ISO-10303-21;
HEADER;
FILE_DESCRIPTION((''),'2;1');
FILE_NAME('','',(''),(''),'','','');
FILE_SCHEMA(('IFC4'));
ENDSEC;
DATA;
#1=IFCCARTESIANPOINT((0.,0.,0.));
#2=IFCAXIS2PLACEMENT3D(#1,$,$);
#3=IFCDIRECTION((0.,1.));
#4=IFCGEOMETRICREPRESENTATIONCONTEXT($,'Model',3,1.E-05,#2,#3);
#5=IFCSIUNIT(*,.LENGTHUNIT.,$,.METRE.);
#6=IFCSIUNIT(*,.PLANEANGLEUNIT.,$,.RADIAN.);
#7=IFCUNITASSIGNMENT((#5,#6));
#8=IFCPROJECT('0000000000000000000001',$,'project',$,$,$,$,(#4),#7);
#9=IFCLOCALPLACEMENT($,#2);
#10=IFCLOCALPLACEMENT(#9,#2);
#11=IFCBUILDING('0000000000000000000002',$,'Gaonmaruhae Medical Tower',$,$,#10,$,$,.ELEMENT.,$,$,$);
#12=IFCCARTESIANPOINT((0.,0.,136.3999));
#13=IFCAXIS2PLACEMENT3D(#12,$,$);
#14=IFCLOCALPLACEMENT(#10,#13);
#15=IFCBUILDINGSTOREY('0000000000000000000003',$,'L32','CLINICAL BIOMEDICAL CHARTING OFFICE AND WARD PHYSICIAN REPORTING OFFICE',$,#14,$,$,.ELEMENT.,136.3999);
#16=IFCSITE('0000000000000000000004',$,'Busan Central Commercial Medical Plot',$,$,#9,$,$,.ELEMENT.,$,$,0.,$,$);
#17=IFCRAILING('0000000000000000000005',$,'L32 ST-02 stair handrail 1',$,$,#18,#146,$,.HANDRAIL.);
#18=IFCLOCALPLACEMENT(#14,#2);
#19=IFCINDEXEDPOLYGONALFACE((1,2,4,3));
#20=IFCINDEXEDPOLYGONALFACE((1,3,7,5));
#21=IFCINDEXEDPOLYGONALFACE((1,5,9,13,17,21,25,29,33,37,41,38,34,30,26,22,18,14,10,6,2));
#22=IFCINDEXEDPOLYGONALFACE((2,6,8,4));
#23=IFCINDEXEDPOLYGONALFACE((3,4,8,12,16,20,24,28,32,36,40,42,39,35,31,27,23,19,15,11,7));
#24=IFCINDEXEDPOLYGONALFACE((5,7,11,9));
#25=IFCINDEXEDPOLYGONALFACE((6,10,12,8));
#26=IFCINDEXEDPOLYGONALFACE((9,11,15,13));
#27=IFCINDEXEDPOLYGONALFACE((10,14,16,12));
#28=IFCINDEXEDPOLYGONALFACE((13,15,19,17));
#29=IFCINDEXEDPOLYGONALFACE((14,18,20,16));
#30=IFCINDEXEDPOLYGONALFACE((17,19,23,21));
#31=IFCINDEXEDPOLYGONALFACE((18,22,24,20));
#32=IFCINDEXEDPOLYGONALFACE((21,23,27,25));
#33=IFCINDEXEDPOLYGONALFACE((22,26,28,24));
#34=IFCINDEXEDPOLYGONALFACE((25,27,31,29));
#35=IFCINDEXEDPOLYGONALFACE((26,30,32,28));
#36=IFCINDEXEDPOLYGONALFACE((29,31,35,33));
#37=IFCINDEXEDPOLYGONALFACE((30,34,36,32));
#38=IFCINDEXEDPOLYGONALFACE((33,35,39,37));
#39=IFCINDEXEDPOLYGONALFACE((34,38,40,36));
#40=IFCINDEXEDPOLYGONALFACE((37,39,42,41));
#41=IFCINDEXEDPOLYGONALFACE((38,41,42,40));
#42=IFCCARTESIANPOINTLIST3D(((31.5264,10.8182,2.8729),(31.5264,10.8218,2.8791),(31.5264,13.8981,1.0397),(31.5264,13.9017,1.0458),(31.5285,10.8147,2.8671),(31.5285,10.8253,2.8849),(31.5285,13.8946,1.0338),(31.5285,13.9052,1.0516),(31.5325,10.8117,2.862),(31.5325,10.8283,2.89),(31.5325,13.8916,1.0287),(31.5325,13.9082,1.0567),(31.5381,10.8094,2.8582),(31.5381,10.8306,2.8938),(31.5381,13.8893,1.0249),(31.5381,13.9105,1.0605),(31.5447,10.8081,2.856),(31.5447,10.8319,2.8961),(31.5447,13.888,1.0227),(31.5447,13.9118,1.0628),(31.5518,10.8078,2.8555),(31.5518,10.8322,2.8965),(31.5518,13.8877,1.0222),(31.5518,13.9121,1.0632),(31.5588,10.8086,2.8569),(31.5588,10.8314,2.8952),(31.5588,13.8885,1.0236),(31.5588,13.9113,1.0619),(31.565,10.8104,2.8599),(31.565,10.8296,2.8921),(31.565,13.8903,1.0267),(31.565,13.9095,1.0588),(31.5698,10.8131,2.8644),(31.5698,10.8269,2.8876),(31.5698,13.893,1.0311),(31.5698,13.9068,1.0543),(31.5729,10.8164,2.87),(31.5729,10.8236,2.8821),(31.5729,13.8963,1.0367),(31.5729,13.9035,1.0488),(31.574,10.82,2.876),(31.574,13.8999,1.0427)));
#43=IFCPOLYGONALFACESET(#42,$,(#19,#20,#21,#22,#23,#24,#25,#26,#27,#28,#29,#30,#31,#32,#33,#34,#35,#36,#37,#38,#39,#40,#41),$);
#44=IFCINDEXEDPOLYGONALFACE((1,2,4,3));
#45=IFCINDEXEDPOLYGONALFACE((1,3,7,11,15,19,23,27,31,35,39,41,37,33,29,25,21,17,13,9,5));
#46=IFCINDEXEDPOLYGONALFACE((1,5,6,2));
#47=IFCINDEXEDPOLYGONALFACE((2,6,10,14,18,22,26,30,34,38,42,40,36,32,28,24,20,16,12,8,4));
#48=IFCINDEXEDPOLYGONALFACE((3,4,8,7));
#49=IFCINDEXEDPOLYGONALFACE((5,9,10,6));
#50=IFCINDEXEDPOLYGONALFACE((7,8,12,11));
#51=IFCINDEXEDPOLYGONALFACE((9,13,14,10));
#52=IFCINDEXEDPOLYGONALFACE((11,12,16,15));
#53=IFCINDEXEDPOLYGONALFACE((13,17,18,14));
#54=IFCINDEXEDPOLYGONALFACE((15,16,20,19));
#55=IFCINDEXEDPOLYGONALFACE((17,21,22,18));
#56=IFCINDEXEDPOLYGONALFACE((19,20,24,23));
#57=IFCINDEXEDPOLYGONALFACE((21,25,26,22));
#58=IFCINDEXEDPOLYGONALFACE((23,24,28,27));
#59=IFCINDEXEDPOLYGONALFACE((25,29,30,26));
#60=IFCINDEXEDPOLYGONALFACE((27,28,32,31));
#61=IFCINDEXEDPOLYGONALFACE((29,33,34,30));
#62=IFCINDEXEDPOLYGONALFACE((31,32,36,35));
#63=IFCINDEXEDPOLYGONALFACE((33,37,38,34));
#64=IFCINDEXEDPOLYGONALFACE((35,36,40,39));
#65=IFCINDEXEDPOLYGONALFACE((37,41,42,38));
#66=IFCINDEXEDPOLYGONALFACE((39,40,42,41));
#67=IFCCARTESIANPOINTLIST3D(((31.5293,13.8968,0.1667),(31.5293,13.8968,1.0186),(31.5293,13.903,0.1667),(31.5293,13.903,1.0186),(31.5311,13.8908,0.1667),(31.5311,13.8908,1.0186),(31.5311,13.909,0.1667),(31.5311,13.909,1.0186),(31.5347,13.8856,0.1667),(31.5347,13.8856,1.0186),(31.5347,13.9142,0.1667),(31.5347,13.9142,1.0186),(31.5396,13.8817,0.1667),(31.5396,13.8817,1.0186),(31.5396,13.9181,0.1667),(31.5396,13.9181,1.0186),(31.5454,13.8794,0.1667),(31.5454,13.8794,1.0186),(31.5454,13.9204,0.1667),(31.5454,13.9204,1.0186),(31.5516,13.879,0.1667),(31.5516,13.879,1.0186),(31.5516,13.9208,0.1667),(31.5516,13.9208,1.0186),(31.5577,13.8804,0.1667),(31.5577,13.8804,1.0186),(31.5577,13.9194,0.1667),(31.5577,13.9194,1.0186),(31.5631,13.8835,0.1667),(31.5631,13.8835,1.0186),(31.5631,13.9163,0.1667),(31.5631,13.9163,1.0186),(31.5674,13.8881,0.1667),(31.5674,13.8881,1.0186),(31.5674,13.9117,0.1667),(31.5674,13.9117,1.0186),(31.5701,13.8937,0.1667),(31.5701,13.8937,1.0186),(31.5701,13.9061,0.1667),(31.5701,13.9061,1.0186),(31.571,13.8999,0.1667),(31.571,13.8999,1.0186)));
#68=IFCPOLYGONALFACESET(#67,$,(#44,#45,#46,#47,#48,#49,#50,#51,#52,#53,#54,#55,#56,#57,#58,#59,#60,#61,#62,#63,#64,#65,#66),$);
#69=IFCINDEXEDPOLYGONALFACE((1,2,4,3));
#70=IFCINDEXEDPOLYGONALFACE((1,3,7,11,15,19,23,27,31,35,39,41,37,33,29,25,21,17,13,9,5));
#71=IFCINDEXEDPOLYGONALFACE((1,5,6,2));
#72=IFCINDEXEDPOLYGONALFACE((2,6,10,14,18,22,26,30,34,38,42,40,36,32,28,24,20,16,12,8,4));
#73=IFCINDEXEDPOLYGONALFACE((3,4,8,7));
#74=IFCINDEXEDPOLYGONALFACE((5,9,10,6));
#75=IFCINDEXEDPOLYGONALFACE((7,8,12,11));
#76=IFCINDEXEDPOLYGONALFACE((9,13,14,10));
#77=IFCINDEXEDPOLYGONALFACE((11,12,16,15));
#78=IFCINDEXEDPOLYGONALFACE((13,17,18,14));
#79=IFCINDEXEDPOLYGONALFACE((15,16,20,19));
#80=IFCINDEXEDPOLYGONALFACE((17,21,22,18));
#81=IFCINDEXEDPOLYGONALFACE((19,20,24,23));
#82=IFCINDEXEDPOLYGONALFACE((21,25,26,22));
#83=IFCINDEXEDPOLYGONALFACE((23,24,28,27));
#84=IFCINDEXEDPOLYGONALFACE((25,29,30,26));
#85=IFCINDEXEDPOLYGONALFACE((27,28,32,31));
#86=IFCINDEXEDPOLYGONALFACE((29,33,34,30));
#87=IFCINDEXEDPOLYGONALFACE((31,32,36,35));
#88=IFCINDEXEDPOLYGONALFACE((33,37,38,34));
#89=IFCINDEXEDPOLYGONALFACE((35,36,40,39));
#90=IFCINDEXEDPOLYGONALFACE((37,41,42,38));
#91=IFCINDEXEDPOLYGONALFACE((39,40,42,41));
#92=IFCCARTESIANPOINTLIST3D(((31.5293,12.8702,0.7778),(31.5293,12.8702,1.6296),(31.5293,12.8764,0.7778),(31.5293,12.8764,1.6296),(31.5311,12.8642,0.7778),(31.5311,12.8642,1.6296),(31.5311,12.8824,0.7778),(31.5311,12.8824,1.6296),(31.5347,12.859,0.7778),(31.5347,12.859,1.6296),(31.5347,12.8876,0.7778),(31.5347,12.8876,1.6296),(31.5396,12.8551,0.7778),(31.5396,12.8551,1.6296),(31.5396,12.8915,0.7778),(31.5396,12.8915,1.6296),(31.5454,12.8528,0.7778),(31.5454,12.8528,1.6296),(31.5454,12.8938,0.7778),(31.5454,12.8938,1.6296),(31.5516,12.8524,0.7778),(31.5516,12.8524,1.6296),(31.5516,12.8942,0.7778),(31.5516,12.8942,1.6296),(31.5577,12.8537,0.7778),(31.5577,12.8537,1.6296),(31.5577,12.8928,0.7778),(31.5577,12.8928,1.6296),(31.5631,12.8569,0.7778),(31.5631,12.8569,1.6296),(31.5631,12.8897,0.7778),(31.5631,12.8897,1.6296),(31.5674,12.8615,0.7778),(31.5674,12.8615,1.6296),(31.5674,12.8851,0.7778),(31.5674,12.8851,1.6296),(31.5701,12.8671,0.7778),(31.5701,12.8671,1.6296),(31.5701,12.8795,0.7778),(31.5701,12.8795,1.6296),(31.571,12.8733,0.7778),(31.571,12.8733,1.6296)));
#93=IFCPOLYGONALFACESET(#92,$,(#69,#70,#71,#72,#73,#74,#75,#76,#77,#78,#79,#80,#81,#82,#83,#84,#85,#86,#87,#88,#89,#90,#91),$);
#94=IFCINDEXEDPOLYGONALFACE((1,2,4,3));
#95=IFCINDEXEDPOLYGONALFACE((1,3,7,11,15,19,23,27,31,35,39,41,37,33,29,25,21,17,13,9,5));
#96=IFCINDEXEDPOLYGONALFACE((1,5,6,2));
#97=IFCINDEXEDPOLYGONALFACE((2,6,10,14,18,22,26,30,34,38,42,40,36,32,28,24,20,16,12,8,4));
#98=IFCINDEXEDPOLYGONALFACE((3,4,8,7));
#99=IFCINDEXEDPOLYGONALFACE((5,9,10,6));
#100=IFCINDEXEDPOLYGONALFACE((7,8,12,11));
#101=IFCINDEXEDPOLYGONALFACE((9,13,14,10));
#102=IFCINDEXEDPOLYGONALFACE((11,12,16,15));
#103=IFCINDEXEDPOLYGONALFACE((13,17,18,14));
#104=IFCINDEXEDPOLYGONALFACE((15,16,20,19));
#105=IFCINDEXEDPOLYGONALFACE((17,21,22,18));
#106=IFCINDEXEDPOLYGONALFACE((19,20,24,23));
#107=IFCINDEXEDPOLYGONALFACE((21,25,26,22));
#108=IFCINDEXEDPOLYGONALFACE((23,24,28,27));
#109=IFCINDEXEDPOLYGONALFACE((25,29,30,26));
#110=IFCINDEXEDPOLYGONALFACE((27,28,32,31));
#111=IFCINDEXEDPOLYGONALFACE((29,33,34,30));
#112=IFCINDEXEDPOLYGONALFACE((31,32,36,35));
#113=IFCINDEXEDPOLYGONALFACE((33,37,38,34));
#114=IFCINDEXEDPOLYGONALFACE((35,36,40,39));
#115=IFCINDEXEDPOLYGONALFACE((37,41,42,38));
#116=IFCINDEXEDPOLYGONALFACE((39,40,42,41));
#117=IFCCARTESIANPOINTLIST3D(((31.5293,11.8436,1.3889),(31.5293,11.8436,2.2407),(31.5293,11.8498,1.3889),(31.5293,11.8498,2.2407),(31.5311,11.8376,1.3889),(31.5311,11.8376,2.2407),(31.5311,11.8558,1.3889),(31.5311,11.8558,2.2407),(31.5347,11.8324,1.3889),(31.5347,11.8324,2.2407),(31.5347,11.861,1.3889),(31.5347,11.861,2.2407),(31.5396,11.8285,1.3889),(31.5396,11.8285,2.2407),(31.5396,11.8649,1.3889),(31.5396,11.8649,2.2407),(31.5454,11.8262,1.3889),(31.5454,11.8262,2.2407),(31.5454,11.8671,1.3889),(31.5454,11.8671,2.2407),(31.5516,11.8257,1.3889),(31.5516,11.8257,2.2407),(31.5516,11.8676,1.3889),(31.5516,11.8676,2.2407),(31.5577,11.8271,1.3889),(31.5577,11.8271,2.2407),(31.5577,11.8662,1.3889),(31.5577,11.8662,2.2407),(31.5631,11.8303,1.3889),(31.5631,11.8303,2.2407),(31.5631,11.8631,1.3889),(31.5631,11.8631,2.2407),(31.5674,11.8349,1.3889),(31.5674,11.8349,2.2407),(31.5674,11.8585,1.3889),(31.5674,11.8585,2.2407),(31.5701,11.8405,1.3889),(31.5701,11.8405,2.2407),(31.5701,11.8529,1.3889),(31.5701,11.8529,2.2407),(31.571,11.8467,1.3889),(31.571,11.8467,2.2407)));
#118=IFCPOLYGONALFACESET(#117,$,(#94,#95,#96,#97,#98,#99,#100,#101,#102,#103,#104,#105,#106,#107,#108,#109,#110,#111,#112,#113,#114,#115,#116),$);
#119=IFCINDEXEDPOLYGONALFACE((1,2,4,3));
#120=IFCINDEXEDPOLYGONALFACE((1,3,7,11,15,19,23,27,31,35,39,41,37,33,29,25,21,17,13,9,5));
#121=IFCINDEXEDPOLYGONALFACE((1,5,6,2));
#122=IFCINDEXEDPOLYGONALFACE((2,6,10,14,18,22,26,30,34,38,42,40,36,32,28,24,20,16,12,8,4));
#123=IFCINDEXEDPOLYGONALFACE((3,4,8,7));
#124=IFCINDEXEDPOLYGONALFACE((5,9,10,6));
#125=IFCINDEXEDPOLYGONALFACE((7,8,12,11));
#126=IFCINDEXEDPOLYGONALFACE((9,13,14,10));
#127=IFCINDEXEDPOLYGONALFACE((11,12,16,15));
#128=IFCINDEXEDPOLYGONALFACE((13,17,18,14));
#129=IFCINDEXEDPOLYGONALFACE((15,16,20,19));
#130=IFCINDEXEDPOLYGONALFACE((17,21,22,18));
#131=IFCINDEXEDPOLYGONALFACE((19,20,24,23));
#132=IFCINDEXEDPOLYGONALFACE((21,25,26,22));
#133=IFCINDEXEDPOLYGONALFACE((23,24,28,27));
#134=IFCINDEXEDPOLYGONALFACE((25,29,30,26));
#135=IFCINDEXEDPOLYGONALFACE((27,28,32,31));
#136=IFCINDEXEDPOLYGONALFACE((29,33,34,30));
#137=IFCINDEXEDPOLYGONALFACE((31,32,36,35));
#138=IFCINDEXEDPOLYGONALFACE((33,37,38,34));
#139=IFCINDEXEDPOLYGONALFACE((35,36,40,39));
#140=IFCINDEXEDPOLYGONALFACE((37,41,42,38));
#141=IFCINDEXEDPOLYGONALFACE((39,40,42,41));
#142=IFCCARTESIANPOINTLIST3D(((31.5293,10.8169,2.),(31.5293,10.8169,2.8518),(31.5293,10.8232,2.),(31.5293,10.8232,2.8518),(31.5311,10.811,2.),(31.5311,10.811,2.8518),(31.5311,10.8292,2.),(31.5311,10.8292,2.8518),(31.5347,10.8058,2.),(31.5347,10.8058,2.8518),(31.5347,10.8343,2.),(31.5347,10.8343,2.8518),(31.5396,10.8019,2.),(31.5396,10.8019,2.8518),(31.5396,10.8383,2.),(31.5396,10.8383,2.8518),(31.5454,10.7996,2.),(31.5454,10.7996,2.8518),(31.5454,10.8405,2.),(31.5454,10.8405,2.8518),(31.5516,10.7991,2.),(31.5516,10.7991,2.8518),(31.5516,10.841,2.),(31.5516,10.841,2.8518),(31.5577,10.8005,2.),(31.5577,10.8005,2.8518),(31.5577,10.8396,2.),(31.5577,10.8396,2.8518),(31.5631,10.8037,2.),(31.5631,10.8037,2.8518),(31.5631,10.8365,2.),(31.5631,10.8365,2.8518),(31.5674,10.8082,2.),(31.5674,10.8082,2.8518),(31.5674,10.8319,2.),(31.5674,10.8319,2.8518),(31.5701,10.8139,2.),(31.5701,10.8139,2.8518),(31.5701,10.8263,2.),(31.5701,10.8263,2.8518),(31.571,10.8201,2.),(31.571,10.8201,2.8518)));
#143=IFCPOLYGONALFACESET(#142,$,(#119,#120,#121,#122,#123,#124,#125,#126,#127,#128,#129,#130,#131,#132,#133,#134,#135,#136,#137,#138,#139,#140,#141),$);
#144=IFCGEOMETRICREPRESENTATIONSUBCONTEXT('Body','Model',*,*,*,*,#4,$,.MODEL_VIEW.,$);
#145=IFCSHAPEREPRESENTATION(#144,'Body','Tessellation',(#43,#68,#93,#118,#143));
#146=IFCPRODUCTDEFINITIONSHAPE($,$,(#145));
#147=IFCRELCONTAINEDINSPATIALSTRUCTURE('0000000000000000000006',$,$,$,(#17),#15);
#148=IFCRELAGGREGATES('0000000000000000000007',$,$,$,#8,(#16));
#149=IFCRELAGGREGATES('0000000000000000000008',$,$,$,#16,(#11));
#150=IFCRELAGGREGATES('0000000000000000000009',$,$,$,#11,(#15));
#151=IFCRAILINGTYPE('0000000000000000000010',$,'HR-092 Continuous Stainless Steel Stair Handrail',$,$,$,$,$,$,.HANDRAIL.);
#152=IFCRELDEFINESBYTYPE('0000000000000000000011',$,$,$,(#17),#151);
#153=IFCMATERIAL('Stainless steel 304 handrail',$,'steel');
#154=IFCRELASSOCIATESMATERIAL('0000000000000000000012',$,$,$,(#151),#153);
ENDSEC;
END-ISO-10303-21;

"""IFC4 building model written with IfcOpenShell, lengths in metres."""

from ifc_helpers import new_model, si_unit, direction, frame, origin, origin_2d, place, context, subcontext, project, spatial, circle, extrude, material, type_object, element, save


model = new_model("IFC4")

# Units and contexts
model_context = context("Model", 3, precision=1e-05, world=origin(), true_north=direction((0.0, 1.0)))
body_context = subcontext(model_context, "Body", "Model", "MODEL_VIEW")
ifc_project = project(units=[si_unit("LENGTHUNIT", "METRE"), si_unit("PLANEANGLEUNIT", "RADIAN")], contexts=[model_context])

# Site, building, storey
site_placement = place(None, origin())
site = spatial("IfcSite", under=ifc_project, at=site_placement, Name="Busan Central Commercial Medical Plot", CompositionType="ELEMENT", RefElevation=0.0)
building_placement = place(site_placement, origin())
building = spatial("IfcBuilding", under=site, at=building_placement, Name="Gaonmaruhae Medical Tower", CompositionType="ELEMENT")
storey_placement = place(building_placement, frame((0.0, 0.0, 136.3999)))
storey = spatial("IfcBuildingStorey", under=building, at=storey_placement, Name="L32", Description="CLINICAL BIOMEDICAL CHARTING OFFICE AND WARD PHYSICIAN REPORTING OFFICE", CompositionType="ELEMENT", Elevation=136.3999)

# Railing
ifc_material_1 = material(Name="Stainless steel 304 handrail", Category="steel")
railing_type_1 = type_object("IfcRailingType", Name="HR-092 Continuous Stainless Steel Stair Handrail", PredefinedType="HANDRAIL", material=ifc_material_1)
railing_1_placement = place(storey_placement, frame((31.55, 13.8999, 0.1667)))
element("IfcRailing", 1, at=railing_1_placement, inside=storey, type_object=railing_type_1, Name="L32 ST-02 stair handrail 1", PredefinedType="HANDRAIL", context=body_context, shape_type="SweptSolid", body=[
    extrude(circle(Radius=0.0239, at=origin_2d()), frame((0.0, 0.0, 0.876), z_axis=(0.0, -0.859291, 0.511487), x_axis=(1.0, 0.0, 0.0)), (0.0, 0.0, 1.0), 3.5842),
    extrude(circle(Radius=0.021, at=origin_2d()), origin(), (0.0, 0.0, 1.0), 0.8518),
    extrude(circle(Radius=0.021, at=origin_2d()), frame((0.0, -1.0266, 0.6111)), (0.0, 0.0, 1.0), 0.8518),
    extrude(circle(Radius=0.021, at=origin_2d()), frame((0.0, -2.0532, 1.2222)), (0.0, 0.0, 1.0), 0.8518),
    extrude(circle(Radius=0.021, at=origin_2d()), frame((0.0, -3.0798, 1.8333)), (0.0, 0.0, 1.0), 0.8518),
])

save(model, "model.ifc")
